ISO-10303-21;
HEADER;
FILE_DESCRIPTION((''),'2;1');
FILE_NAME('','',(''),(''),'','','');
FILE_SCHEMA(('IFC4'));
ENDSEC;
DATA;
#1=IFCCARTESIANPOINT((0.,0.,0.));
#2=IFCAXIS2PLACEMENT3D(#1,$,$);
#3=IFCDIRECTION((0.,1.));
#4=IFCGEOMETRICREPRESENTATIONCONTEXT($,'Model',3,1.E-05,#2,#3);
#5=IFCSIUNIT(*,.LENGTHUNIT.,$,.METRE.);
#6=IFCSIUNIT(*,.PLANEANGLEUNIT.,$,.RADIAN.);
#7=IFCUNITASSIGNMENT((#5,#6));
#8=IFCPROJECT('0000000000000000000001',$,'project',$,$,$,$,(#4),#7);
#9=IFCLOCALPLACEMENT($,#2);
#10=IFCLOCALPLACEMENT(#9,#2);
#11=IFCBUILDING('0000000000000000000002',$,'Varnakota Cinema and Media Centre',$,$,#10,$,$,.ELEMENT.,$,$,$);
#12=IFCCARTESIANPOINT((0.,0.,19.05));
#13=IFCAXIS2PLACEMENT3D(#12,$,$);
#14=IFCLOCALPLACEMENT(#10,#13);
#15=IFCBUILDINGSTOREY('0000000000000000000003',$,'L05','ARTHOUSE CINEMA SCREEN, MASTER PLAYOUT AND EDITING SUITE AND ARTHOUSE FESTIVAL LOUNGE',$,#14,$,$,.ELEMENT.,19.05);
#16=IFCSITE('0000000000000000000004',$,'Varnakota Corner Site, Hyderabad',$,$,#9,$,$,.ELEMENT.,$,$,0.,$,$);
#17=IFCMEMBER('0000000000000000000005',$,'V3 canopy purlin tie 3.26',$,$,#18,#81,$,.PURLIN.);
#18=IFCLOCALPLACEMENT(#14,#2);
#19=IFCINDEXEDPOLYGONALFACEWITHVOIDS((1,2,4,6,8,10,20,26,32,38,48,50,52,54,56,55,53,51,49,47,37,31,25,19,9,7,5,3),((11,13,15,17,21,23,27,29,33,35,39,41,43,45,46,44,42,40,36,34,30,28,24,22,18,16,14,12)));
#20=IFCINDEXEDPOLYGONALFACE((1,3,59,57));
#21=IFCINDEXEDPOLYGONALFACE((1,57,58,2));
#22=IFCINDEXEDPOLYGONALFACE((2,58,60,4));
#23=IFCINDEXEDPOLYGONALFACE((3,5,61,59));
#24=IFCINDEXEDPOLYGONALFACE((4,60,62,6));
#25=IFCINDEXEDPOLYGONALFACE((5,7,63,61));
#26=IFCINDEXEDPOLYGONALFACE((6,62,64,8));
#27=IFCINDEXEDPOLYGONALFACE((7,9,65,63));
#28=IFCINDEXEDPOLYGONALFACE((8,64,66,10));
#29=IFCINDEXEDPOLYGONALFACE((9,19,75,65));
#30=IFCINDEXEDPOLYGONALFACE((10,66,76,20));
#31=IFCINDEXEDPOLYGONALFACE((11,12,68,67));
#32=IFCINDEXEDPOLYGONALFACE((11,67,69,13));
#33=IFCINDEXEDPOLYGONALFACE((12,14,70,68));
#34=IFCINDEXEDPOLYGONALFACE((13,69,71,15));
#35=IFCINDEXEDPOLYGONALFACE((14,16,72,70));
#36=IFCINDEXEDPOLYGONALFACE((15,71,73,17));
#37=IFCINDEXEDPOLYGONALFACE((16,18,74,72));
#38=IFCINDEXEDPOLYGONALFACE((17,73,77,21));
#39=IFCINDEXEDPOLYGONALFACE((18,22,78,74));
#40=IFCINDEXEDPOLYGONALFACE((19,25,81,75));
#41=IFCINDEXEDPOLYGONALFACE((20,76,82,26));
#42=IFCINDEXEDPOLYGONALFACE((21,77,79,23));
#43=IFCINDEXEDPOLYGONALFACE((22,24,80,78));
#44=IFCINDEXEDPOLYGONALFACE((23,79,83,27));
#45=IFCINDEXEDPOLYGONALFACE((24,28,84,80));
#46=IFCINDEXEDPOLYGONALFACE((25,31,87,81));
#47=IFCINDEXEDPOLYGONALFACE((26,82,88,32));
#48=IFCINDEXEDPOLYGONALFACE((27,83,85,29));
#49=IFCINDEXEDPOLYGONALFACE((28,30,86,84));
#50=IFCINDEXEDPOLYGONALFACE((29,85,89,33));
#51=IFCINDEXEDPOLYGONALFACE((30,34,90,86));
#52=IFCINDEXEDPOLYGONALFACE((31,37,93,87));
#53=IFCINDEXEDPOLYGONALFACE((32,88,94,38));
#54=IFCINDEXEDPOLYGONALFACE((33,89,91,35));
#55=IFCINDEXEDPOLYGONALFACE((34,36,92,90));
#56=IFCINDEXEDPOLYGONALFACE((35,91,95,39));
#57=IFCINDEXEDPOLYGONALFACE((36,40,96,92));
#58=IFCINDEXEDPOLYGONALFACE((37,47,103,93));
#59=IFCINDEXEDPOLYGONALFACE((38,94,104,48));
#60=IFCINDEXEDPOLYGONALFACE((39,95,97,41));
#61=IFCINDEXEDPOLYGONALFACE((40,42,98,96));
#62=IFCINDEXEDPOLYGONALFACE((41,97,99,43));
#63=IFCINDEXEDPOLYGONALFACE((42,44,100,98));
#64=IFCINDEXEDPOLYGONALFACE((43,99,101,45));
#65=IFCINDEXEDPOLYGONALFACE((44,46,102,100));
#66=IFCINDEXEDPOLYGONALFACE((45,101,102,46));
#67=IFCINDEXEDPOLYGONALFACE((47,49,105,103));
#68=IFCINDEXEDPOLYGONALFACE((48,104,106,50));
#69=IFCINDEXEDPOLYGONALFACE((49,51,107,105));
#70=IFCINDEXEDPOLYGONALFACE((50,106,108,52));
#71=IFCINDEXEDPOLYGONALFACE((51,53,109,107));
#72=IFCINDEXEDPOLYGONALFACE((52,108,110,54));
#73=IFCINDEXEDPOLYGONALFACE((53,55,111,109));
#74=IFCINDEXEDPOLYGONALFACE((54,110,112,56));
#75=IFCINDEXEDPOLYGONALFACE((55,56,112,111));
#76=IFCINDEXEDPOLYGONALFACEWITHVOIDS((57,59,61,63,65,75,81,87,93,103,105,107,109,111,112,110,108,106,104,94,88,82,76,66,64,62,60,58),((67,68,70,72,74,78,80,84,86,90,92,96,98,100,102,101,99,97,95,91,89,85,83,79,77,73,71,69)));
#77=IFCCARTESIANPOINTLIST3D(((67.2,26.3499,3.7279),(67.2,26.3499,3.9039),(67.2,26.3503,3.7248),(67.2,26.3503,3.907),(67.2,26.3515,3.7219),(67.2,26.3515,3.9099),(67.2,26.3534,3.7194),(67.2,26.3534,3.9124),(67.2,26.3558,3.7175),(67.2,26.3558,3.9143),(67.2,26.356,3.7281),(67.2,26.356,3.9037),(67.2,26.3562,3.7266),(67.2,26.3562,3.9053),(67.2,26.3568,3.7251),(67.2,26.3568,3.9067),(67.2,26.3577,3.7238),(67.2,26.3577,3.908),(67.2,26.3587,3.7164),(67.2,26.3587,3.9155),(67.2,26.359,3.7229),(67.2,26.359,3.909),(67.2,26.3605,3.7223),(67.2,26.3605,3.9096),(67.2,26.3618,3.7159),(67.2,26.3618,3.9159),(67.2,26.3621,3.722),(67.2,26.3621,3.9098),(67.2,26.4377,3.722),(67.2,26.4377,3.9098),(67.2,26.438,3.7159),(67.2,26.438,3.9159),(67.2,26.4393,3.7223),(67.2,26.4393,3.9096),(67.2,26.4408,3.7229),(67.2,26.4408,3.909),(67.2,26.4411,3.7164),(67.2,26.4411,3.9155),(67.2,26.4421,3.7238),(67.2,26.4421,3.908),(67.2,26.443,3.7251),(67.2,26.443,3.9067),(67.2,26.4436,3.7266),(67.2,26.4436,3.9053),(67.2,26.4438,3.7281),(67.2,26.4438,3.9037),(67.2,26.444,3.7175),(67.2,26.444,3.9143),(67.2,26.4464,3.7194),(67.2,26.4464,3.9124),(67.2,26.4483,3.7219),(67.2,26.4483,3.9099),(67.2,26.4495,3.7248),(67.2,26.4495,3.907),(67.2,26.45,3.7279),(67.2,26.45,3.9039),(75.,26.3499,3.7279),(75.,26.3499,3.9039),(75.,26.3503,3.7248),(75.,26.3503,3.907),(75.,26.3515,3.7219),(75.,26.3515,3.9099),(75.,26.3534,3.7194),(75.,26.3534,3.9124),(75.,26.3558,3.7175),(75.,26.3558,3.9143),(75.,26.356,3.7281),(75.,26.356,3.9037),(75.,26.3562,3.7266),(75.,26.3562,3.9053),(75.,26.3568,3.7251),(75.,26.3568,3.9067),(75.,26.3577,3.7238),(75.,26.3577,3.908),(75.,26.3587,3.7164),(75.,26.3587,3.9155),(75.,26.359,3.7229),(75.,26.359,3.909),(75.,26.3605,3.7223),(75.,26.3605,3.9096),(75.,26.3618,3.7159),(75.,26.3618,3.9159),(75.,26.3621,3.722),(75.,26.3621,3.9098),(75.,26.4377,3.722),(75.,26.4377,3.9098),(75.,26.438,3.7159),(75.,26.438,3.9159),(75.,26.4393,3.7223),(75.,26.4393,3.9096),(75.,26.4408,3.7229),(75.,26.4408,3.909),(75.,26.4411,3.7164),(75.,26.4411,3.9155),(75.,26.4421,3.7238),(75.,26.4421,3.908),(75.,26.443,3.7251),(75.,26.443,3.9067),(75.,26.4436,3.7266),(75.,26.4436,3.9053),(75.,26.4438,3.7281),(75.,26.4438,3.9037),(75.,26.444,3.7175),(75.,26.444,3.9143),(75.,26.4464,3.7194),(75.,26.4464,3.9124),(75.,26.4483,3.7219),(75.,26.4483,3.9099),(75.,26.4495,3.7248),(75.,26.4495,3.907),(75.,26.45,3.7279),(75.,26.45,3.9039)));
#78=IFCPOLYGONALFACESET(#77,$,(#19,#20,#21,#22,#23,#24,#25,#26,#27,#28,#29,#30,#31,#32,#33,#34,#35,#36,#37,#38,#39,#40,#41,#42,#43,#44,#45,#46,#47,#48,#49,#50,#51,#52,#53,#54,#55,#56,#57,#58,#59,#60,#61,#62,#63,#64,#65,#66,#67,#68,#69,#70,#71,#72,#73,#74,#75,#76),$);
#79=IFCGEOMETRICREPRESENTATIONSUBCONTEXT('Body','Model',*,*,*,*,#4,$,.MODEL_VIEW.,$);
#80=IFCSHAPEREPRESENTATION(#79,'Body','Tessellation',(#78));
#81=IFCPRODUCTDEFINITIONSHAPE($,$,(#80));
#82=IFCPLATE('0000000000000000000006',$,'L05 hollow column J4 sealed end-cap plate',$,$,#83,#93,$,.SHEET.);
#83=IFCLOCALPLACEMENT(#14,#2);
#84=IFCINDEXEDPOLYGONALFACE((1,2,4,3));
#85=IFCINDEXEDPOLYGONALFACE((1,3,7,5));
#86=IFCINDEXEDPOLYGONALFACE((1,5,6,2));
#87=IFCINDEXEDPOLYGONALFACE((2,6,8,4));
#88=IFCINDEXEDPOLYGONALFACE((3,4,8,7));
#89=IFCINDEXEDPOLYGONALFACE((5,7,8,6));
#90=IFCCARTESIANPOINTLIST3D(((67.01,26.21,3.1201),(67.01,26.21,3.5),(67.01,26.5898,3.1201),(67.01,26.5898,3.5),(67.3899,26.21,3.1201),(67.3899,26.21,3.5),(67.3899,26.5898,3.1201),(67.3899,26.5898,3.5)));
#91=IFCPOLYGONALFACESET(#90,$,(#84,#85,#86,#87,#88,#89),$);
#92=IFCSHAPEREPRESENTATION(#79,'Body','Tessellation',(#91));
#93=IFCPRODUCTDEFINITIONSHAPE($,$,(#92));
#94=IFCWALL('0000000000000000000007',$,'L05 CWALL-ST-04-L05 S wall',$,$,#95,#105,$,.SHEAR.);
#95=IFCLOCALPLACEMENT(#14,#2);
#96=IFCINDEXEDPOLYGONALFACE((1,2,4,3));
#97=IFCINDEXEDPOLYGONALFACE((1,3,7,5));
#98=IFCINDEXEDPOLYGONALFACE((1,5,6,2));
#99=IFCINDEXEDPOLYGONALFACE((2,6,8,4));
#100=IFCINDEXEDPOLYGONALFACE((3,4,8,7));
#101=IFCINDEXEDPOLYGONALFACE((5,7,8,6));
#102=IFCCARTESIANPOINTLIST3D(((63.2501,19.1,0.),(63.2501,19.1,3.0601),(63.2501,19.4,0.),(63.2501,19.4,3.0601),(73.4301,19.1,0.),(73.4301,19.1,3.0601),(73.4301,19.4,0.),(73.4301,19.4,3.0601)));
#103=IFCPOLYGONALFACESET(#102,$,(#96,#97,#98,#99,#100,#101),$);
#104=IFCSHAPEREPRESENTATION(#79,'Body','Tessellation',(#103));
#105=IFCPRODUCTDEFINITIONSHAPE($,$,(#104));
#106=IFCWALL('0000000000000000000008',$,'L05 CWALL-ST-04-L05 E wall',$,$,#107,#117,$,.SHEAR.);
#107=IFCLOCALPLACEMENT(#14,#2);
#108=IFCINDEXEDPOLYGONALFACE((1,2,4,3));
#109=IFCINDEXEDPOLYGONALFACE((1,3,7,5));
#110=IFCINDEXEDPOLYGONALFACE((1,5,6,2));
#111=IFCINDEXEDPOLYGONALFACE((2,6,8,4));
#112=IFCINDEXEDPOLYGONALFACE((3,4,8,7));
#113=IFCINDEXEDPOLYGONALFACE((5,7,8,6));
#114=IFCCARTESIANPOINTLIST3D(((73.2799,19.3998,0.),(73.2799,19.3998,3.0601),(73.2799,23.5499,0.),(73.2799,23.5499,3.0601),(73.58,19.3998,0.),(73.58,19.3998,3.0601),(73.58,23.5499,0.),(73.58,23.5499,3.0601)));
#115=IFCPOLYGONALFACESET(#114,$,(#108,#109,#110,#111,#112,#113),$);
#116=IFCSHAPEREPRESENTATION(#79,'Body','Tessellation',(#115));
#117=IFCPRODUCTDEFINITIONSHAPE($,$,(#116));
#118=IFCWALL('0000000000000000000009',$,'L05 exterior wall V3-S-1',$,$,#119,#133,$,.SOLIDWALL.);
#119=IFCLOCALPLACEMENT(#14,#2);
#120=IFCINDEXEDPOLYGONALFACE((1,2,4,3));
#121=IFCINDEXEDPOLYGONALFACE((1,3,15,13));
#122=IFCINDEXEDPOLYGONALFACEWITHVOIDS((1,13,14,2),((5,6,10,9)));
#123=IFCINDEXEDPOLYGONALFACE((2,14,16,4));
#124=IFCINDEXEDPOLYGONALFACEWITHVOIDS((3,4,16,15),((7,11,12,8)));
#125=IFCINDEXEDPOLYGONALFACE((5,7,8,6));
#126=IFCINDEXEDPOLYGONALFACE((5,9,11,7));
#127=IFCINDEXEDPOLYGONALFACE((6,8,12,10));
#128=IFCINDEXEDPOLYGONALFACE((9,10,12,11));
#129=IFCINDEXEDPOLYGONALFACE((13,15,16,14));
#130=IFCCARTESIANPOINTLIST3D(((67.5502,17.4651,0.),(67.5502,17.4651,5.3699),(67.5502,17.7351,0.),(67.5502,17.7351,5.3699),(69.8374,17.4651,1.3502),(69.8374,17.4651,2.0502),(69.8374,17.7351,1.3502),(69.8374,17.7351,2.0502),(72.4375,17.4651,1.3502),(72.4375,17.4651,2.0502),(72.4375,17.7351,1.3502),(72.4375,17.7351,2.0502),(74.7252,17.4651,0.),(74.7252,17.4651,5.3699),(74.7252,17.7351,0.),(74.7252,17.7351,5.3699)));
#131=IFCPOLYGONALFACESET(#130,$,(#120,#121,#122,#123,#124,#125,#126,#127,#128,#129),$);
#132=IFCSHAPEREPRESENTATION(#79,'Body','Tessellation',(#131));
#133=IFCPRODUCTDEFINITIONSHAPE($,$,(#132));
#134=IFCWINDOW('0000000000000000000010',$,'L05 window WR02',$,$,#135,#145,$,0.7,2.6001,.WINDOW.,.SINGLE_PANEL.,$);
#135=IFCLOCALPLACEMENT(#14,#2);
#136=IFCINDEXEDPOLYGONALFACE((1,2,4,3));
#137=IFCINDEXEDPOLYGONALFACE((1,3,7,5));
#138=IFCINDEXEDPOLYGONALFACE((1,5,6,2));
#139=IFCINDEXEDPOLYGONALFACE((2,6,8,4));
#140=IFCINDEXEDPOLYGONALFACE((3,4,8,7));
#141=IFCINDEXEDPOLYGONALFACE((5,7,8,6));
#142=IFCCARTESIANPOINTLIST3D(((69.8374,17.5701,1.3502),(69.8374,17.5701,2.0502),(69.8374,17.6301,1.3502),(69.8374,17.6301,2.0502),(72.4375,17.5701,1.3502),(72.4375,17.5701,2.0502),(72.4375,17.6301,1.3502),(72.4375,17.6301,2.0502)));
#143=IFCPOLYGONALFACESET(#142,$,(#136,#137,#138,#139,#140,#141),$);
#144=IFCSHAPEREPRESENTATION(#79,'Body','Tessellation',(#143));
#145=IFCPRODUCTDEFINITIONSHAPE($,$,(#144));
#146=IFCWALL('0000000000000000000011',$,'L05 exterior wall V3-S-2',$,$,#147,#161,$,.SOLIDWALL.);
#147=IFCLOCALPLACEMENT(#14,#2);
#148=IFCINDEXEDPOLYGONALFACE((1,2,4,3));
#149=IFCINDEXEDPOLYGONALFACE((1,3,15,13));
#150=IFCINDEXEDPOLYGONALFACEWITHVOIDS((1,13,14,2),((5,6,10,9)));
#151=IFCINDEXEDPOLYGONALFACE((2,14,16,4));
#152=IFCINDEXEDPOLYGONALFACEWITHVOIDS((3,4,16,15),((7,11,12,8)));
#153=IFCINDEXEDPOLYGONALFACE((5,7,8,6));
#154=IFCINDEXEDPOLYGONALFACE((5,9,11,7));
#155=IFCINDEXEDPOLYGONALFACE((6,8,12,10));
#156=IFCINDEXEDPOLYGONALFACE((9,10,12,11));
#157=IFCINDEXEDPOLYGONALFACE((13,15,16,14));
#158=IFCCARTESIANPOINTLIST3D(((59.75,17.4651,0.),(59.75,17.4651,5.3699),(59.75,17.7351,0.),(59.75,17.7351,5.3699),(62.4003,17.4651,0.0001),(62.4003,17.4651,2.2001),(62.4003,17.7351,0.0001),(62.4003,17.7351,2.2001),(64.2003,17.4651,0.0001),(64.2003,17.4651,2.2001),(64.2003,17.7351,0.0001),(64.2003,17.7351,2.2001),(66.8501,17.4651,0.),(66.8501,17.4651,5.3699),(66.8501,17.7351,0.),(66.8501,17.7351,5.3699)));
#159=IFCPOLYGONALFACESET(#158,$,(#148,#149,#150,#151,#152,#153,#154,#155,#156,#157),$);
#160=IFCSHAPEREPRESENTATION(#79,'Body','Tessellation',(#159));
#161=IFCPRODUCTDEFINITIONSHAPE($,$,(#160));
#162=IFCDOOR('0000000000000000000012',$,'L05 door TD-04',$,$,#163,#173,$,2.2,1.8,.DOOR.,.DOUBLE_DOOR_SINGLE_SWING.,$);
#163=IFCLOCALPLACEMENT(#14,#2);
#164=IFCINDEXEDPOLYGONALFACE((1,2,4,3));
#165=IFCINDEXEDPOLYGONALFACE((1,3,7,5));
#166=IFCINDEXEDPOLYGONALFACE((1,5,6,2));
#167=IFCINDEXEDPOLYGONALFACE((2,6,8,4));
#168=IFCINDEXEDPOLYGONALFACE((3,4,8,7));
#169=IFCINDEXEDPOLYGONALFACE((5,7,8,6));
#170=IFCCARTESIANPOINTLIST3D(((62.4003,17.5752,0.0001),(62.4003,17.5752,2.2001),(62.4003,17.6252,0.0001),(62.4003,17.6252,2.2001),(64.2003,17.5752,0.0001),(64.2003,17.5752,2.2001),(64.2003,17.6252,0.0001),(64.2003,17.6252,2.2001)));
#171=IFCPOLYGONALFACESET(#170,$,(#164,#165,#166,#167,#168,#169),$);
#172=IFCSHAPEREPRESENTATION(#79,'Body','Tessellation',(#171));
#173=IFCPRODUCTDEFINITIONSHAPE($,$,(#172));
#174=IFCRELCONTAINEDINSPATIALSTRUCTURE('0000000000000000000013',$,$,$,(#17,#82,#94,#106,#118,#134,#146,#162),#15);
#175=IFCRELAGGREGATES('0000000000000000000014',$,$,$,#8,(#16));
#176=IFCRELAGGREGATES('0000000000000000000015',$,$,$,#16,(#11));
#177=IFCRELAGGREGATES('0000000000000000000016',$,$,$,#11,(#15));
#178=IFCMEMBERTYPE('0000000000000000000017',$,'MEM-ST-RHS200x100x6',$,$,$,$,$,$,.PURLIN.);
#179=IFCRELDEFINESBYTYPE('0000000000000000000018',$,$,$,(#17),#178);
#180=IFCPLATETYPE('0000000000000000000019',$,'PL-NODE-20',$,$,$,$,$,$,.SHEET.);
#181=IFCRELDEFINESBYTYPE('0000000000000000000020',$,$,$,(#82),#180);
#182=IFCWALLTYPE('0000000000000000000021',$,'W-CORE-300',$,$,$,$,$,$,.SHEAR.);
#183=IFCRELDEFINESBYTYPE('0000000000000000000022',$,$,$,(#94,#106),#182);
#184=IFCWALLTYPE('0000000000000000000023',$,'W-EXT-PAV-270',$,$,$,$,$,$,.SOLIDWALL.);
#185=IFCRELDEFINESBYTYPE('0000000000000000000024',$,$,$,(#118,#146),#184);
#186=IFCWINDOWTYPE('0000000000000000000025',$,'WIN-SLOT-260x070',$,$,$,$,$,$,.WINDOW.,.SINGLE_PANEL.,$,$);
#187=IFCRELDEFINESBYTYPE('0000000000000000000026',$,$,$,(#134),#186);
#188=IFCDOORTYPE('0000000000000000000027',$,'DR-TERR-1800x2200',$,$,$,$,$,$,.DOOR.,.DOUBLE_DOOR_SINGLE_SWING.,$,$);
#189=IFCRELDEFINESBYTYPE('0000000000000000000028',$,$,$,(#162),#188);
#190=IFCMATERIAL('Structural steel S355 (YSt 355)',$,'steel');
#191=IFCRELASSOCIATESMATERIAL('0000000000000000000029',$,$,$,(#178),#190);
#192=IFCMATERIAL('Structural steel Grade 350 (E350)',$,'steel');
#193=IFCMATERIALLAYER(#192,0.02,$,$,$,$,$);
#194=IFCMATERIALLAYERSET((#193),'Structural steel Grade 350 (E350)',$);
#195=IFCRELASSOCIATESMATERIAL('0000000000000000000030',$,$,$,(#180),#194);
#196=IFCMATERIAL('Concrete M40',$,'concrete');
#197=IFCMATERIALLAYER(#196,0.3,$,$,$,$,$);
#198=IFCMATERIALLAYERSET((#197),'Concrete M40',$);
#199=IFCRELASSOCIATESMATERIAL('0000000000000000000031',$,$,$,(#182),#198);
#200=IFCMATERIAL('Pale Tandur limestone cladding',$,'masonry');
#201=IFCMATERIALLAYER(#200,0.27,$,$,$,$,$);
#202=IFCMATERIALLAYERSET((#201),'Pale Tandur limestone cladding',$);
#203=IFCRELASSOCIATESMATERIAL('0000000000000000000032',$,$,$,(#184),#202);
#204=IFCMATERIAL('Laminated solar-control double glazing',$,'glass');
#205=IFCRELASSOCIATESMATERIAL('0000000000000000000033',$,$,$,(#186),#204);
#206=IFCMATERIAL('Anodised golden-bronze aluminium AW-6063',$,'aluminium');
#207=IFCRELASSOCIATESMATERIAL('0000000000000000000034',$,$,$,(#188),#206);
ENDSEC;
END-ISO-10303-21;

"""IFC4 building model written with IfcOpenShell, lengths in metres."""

from ifc_helpers import new_model, si_unit, direction, frame, frame_2d, origin, origin_2d, place, context, subcontext, project, spatial, rectangle, hollow_rectangle, extrude, material, layer, layer_set, material_profile, profile_set, type_object, element, fill, save


model = new_model("IFC4")

# Units and contexts
model_context = context("Model", 3, precision=1e-05, world=origin(), true_north=direction((0.0, 1.0)))
body_context = subcontext(model_context, "Body", "Model", "MODEL_VIEW")
ifc_project = project(units=[si_unit("LENGTHUNIT", "METRE"), si_unit("PLANEANGLEUNIT", "RADIAN")], contexts=[model_context])

# Site, building, storey
site_placement = place(None, origin())
site = spatial("IfcSite", under=ifc_project, at=site_placement, Name="Varnakota Corner Site, Hyderabad", CompositionType="ELEMENT", RefElevation=0.0)
building_placement = place(site_placement, origin())
building = spatial("IfcBuilding", under=site, at=building_placement, Name="Varnakota Cinema and Media Centre", CompositionType="ELEMENT")
storey_placement = place(building_placement, frame((0.0, 0.0, 19.05)))
storey = spatial("IfcBuildingStorey", under=building, at=storey_placement, Name="L05", Description="ARTHOUSE CINEMA SCREEN, MASTER PLAYOUT AND EDITING SUITE AND ARTHOUSE FESTIVAL LOUNGE", CompositionType="ELEMENT", Elevation=19.05)

# Member
ifc_material_1 = material(Name="Structural steel S355 (YSt 355)", Category="steel")
ifc_material_profile_1 = material_profile(ifc_material_1, hollow_rectangle(XDim=0.1001, YDim=0.2, WallThickness=0.0061, InnerFilletRadius=0.0061, OuterFilletRadius=0.012, at=origin_2d()), Name="RHS 200x100x6")
ifc_profile_set_1 = profile_set([ifc_material_profile_1], Name="Structural steel S355 (YSt 355)")
member_type_1 = type_object("IfcMemberType", Name="MEM-ST-RHS200x100x6", PredefinedType="PURLIN", material=ifc_profile_set_1)
for number, where, z_axis, x_axis, name in (
    (1, (67.2, 26.3999, 3.8159), (1.0, 0.0, 0.0), (0.0, 1.0, 0.0), "V3 canopy purlin tie 3.26"),
):
    element("IfcMember", number, at=place(storey_placement, frame(where, z_axis=z_axis, x_axis=x_axis)), inside=storey, type_object=member_type_1, Name=name, PredefinedType="PURLIN", context=body_context, shape_type="SweptSolid", body=[
        extrude(hollow_rectangle(XDim=0.1001, YDim=0.2, WallThickness=0.0061, InnerFilletRadius=0.0061, OuterFilletRadius=0.012, at=origin_2d()), origin(), (0.0, 0.0, 1.0), 7.8),
    ])

# Plate
ifc_material_2 = material(Name="Structural steel Grade 350 (E350)", Category="steel")
ifc_layer_1 = layer(ifc_material_2, 0.02)
ifc_layer_set_1 = layer_set([ifc_layer_1], Name="Structural steel Grade 350 (E350)")
plate_type = type_object("IfcPlateType", Name="PL-NODE-20", PredefinedType="SHEET", material=ifc_layer_set_1)
plate_placement = place(storey_placement, frame((67.2, 26.3999, 3.1201), z_axis=(0.0, 0.0, 1.0), x_axis=(1.0, 0.0, 0.0)))
element("IfcPlate", 2, at=plate_placement, inside=storey, type_object=plate_type, Name="L05 hollow column J4 sealed end-cap plate", PredefinedType="SHEET", context=body_context, shape_type="SweptSolid", body=[
    extrude(rectangle(XDim=0.3799, YDim=0.3799, at=origin_2d()), origin(), (0.0, 0.0, 1.0), 0.3799),
])

# Walls
ifc_material_3 = material(Name="Concrete M40", Category="concrete")
ifc_layer_2 = layer(ifc_material_3, 0.3)
ifc_layer_set_2 = layer_set([ifc_layer_2], Name="Concrete M40")
wall_type_1 = type_object("IfcWallType", Name="W-CORE-300", PredefinedType="SHEAR", material=ifc_layer_set_2)
wall_1_placement = place(storey_placement, frame((73.4299, 19.25, 0.0), z_axis=(0.0, 0.0, 1.0), x_axis=(-1.0, 0.0, 0.0)))
element("IfcWall", 3, at=wall_1_placement, inside=storey, type_object=wall_type_1, Name="L05 CWALL-ST-04-L05 S wall", PredefinedType="SHEAR", context=body_context, shape_type="SweptSolid", body=[
    extrude(rectangle(XDim=10.1799, YDim=0.3, at=frame_2d((5.0898, 0.0))), origin(), (0.0, 0.0, 1.0), 3.0601),
])
wall_2_placement = place(storey_placement, frame((73.4299, 23.55, 0.0), z_axis=(0.0, 0.0, 1.0), x_axis=(0.0, -1.0, 0.0)))
element("IfcWall", 4, at=wall_2_placement, inside=storey, type_object=wall_type_1, Name="L05 CWALL-ST-04-L05 E wall", PredefinedType="SHEAR", context=body_context, shape_type="SweptSolid", body=[
    extrude(rectangle(XDim=4.1501, YDim=0.3, at=frame_2d((2.0752, 0.0))), origin(), (0.0, 0.0, 1.0), 3.0601),
])

# Wall, opening, window
ifc_material_4 = material(Name="Pale Tandur limestone cladding", Category="masonry")
ifc_layer_3 = layer(ifc_material_4, 0.27)
ifc_layer_set_3 = layer_set([ifc_layer_3], Name="Pale Tandur limestone cladding")
wall_type_2 = type_object("IfcWallType", Name="W-EXT-PAV-270", PredefinedType="SOLIDWALL", material=ifc_layer_set_3)
wall_3_placement = place(storey_placement, frame((74.7251, 17.6001, 0.0), z_axis=(0.0, 0.0, 1.0), x_axis=(-1.0, 0.0, 0.0)))
wall_3 = element("IfcWall", 5, at=wall_3_placement, inside=storey, type_object=wall_type_2, Name="L05 exterior wall V3-S-1", PredefinedType="SOLIDWALL", context=body_context, shape_type="SweptSolid", body=[
    extrude(rectangle(XDim=7.175, YDim=0.27, at=frame_2d((3.5874, 0.0))), origin(), (0.0, 0.0, 1.0), 5.3699),
])
opening_1_placement = place(wall_3_placement, frame((2.2876, 0.0, 1.3501)))
opening_1 = element("IfcOpeningElement", 6, at=opening_1_placement, cuts=wall_3, PredefinedType="OPENING", context=body_context, shape_type="SweptSolid", body=[
    extrude(rectangle(XDim=2.6001, YDim=0.7, at=frame_2d((1.3, 0.3501))), frame((0.0, 0.135, 0.0), z_axis=(0.0, -1.0, 0.0), x_axis=(1.0, 0.0, 0.0)), (0.0, 0.0, 1.0), 0.27),
])
ifc_material_5 = material(Name="Laminated solar-control double glazing", Category="glass")
window_type = type_object("IfcWindowType", Name="WIN-SLOT-260x070", PartitioningType="SINGLE_PANEL", PredefinedType="WINDOW", material=ifc_material_5)
window_1_placement = place(opening_1_placement, origin())
window_1 = element("IfcWindow", 7, at=window_1_placement, inside=storey, type_object=window_type, Name="L05 window WR02", OverallHeight=0.7, OverallWidth=2.6001, PartitioningType="SINGLE_PANEL", PredefinedType="WINDOW", context=body_context, shape_type="SweptSolid", body=[
    extrude(rectangle(XDim=2.6001, YDim=0.7, at=frame_2d((1.3, 0.3501))), frame((0.0, 0.03, 0.0), z_axis=(0.0, -1.0, 0.0), x_axis=(1.0, 0.0, 0.0)), (0.0, 0.0, 1.0), 0.0601),
])
fill(opening_1, window_1)

# Wall, opening, door
wall_4_placement = place(storey_placement, frame((66.8501, 17.6001, 0.0), z_axis=(0.0, 0.0, 1.0), x_axis=(-1.0, 0.0, 0.0)))
wall_4 = element("IfcWall", 8, at=wall_4_placement, inside=storey, type_object=wall_type_2, Name="L05 exterior wall V3-S-2", PredefinedType="SOLIDWALL", context=body_context, shape_type="SweptSolid", body=[
    extrude(rectangle(XDim=7.1001, YDim=0.27, at=frame_2d((3.55, 0.0))), origin(), (0.0, 0.0, 1.0), 5.3699),
])
opening_2_placement = place(wall_4_placement, frame((2.6499, 0.0, 0.0)))
opening_2 = element("IfcOpeningElement", 9, at=opening_2_placement, cuts=wall_4, PredefinedType="OPENING", context=body_context, shape_type="SweptSolid", body=[
    extrude(rectangle(XDim=1.8, YDim=2.2, at=frame_2d((0.8999, 1.1001))), frame((0.0, 0.135, 0.0), z_axis=(0.0, -1.0, 0.0), x_axis=(1.0, 0.0, 0.0)), (0.0, 0.0, 1.0), 0.27),
])
ifc_material_6 = material(Name="Anodised golden-bronze aluminium AW-6063", Category="aluminium")
door_type = type_object("IfcDoorType", Name="DR-TERR-1800x2200", OperationType="DOUBLE_DOOR_SINGLE_SWING", PredefinedType="DOOR", material=ifc_material_6)
door_placement = place(opening_2_placement, origin())
door = element("IfcDoor", 10, at=door_placement, inside=storey, type_object=door_type, Name="L05 door TD-04", OperationType="DOUBLE_DOOR_SINGLE_SWING", OverallHeight=2.2, OverallWidth=1.8, PredefinedType="DOOR", context=body_context, shape_type="SweptSolid", body=[
    extrude(rectangle(XDim=1.8, YDim=2.2, at=frame_2d((0.8999, 1.1001))), frame((0.0, 0.0249, 0.0), z_axis=(0.0, -1.0, 0.0), x_axis=(1.0, 0.0, 0.0)), (0.0, 0.0, 1.0), 0.05),
])
fill(opening_2, door)

save(model, "model.ifc")
